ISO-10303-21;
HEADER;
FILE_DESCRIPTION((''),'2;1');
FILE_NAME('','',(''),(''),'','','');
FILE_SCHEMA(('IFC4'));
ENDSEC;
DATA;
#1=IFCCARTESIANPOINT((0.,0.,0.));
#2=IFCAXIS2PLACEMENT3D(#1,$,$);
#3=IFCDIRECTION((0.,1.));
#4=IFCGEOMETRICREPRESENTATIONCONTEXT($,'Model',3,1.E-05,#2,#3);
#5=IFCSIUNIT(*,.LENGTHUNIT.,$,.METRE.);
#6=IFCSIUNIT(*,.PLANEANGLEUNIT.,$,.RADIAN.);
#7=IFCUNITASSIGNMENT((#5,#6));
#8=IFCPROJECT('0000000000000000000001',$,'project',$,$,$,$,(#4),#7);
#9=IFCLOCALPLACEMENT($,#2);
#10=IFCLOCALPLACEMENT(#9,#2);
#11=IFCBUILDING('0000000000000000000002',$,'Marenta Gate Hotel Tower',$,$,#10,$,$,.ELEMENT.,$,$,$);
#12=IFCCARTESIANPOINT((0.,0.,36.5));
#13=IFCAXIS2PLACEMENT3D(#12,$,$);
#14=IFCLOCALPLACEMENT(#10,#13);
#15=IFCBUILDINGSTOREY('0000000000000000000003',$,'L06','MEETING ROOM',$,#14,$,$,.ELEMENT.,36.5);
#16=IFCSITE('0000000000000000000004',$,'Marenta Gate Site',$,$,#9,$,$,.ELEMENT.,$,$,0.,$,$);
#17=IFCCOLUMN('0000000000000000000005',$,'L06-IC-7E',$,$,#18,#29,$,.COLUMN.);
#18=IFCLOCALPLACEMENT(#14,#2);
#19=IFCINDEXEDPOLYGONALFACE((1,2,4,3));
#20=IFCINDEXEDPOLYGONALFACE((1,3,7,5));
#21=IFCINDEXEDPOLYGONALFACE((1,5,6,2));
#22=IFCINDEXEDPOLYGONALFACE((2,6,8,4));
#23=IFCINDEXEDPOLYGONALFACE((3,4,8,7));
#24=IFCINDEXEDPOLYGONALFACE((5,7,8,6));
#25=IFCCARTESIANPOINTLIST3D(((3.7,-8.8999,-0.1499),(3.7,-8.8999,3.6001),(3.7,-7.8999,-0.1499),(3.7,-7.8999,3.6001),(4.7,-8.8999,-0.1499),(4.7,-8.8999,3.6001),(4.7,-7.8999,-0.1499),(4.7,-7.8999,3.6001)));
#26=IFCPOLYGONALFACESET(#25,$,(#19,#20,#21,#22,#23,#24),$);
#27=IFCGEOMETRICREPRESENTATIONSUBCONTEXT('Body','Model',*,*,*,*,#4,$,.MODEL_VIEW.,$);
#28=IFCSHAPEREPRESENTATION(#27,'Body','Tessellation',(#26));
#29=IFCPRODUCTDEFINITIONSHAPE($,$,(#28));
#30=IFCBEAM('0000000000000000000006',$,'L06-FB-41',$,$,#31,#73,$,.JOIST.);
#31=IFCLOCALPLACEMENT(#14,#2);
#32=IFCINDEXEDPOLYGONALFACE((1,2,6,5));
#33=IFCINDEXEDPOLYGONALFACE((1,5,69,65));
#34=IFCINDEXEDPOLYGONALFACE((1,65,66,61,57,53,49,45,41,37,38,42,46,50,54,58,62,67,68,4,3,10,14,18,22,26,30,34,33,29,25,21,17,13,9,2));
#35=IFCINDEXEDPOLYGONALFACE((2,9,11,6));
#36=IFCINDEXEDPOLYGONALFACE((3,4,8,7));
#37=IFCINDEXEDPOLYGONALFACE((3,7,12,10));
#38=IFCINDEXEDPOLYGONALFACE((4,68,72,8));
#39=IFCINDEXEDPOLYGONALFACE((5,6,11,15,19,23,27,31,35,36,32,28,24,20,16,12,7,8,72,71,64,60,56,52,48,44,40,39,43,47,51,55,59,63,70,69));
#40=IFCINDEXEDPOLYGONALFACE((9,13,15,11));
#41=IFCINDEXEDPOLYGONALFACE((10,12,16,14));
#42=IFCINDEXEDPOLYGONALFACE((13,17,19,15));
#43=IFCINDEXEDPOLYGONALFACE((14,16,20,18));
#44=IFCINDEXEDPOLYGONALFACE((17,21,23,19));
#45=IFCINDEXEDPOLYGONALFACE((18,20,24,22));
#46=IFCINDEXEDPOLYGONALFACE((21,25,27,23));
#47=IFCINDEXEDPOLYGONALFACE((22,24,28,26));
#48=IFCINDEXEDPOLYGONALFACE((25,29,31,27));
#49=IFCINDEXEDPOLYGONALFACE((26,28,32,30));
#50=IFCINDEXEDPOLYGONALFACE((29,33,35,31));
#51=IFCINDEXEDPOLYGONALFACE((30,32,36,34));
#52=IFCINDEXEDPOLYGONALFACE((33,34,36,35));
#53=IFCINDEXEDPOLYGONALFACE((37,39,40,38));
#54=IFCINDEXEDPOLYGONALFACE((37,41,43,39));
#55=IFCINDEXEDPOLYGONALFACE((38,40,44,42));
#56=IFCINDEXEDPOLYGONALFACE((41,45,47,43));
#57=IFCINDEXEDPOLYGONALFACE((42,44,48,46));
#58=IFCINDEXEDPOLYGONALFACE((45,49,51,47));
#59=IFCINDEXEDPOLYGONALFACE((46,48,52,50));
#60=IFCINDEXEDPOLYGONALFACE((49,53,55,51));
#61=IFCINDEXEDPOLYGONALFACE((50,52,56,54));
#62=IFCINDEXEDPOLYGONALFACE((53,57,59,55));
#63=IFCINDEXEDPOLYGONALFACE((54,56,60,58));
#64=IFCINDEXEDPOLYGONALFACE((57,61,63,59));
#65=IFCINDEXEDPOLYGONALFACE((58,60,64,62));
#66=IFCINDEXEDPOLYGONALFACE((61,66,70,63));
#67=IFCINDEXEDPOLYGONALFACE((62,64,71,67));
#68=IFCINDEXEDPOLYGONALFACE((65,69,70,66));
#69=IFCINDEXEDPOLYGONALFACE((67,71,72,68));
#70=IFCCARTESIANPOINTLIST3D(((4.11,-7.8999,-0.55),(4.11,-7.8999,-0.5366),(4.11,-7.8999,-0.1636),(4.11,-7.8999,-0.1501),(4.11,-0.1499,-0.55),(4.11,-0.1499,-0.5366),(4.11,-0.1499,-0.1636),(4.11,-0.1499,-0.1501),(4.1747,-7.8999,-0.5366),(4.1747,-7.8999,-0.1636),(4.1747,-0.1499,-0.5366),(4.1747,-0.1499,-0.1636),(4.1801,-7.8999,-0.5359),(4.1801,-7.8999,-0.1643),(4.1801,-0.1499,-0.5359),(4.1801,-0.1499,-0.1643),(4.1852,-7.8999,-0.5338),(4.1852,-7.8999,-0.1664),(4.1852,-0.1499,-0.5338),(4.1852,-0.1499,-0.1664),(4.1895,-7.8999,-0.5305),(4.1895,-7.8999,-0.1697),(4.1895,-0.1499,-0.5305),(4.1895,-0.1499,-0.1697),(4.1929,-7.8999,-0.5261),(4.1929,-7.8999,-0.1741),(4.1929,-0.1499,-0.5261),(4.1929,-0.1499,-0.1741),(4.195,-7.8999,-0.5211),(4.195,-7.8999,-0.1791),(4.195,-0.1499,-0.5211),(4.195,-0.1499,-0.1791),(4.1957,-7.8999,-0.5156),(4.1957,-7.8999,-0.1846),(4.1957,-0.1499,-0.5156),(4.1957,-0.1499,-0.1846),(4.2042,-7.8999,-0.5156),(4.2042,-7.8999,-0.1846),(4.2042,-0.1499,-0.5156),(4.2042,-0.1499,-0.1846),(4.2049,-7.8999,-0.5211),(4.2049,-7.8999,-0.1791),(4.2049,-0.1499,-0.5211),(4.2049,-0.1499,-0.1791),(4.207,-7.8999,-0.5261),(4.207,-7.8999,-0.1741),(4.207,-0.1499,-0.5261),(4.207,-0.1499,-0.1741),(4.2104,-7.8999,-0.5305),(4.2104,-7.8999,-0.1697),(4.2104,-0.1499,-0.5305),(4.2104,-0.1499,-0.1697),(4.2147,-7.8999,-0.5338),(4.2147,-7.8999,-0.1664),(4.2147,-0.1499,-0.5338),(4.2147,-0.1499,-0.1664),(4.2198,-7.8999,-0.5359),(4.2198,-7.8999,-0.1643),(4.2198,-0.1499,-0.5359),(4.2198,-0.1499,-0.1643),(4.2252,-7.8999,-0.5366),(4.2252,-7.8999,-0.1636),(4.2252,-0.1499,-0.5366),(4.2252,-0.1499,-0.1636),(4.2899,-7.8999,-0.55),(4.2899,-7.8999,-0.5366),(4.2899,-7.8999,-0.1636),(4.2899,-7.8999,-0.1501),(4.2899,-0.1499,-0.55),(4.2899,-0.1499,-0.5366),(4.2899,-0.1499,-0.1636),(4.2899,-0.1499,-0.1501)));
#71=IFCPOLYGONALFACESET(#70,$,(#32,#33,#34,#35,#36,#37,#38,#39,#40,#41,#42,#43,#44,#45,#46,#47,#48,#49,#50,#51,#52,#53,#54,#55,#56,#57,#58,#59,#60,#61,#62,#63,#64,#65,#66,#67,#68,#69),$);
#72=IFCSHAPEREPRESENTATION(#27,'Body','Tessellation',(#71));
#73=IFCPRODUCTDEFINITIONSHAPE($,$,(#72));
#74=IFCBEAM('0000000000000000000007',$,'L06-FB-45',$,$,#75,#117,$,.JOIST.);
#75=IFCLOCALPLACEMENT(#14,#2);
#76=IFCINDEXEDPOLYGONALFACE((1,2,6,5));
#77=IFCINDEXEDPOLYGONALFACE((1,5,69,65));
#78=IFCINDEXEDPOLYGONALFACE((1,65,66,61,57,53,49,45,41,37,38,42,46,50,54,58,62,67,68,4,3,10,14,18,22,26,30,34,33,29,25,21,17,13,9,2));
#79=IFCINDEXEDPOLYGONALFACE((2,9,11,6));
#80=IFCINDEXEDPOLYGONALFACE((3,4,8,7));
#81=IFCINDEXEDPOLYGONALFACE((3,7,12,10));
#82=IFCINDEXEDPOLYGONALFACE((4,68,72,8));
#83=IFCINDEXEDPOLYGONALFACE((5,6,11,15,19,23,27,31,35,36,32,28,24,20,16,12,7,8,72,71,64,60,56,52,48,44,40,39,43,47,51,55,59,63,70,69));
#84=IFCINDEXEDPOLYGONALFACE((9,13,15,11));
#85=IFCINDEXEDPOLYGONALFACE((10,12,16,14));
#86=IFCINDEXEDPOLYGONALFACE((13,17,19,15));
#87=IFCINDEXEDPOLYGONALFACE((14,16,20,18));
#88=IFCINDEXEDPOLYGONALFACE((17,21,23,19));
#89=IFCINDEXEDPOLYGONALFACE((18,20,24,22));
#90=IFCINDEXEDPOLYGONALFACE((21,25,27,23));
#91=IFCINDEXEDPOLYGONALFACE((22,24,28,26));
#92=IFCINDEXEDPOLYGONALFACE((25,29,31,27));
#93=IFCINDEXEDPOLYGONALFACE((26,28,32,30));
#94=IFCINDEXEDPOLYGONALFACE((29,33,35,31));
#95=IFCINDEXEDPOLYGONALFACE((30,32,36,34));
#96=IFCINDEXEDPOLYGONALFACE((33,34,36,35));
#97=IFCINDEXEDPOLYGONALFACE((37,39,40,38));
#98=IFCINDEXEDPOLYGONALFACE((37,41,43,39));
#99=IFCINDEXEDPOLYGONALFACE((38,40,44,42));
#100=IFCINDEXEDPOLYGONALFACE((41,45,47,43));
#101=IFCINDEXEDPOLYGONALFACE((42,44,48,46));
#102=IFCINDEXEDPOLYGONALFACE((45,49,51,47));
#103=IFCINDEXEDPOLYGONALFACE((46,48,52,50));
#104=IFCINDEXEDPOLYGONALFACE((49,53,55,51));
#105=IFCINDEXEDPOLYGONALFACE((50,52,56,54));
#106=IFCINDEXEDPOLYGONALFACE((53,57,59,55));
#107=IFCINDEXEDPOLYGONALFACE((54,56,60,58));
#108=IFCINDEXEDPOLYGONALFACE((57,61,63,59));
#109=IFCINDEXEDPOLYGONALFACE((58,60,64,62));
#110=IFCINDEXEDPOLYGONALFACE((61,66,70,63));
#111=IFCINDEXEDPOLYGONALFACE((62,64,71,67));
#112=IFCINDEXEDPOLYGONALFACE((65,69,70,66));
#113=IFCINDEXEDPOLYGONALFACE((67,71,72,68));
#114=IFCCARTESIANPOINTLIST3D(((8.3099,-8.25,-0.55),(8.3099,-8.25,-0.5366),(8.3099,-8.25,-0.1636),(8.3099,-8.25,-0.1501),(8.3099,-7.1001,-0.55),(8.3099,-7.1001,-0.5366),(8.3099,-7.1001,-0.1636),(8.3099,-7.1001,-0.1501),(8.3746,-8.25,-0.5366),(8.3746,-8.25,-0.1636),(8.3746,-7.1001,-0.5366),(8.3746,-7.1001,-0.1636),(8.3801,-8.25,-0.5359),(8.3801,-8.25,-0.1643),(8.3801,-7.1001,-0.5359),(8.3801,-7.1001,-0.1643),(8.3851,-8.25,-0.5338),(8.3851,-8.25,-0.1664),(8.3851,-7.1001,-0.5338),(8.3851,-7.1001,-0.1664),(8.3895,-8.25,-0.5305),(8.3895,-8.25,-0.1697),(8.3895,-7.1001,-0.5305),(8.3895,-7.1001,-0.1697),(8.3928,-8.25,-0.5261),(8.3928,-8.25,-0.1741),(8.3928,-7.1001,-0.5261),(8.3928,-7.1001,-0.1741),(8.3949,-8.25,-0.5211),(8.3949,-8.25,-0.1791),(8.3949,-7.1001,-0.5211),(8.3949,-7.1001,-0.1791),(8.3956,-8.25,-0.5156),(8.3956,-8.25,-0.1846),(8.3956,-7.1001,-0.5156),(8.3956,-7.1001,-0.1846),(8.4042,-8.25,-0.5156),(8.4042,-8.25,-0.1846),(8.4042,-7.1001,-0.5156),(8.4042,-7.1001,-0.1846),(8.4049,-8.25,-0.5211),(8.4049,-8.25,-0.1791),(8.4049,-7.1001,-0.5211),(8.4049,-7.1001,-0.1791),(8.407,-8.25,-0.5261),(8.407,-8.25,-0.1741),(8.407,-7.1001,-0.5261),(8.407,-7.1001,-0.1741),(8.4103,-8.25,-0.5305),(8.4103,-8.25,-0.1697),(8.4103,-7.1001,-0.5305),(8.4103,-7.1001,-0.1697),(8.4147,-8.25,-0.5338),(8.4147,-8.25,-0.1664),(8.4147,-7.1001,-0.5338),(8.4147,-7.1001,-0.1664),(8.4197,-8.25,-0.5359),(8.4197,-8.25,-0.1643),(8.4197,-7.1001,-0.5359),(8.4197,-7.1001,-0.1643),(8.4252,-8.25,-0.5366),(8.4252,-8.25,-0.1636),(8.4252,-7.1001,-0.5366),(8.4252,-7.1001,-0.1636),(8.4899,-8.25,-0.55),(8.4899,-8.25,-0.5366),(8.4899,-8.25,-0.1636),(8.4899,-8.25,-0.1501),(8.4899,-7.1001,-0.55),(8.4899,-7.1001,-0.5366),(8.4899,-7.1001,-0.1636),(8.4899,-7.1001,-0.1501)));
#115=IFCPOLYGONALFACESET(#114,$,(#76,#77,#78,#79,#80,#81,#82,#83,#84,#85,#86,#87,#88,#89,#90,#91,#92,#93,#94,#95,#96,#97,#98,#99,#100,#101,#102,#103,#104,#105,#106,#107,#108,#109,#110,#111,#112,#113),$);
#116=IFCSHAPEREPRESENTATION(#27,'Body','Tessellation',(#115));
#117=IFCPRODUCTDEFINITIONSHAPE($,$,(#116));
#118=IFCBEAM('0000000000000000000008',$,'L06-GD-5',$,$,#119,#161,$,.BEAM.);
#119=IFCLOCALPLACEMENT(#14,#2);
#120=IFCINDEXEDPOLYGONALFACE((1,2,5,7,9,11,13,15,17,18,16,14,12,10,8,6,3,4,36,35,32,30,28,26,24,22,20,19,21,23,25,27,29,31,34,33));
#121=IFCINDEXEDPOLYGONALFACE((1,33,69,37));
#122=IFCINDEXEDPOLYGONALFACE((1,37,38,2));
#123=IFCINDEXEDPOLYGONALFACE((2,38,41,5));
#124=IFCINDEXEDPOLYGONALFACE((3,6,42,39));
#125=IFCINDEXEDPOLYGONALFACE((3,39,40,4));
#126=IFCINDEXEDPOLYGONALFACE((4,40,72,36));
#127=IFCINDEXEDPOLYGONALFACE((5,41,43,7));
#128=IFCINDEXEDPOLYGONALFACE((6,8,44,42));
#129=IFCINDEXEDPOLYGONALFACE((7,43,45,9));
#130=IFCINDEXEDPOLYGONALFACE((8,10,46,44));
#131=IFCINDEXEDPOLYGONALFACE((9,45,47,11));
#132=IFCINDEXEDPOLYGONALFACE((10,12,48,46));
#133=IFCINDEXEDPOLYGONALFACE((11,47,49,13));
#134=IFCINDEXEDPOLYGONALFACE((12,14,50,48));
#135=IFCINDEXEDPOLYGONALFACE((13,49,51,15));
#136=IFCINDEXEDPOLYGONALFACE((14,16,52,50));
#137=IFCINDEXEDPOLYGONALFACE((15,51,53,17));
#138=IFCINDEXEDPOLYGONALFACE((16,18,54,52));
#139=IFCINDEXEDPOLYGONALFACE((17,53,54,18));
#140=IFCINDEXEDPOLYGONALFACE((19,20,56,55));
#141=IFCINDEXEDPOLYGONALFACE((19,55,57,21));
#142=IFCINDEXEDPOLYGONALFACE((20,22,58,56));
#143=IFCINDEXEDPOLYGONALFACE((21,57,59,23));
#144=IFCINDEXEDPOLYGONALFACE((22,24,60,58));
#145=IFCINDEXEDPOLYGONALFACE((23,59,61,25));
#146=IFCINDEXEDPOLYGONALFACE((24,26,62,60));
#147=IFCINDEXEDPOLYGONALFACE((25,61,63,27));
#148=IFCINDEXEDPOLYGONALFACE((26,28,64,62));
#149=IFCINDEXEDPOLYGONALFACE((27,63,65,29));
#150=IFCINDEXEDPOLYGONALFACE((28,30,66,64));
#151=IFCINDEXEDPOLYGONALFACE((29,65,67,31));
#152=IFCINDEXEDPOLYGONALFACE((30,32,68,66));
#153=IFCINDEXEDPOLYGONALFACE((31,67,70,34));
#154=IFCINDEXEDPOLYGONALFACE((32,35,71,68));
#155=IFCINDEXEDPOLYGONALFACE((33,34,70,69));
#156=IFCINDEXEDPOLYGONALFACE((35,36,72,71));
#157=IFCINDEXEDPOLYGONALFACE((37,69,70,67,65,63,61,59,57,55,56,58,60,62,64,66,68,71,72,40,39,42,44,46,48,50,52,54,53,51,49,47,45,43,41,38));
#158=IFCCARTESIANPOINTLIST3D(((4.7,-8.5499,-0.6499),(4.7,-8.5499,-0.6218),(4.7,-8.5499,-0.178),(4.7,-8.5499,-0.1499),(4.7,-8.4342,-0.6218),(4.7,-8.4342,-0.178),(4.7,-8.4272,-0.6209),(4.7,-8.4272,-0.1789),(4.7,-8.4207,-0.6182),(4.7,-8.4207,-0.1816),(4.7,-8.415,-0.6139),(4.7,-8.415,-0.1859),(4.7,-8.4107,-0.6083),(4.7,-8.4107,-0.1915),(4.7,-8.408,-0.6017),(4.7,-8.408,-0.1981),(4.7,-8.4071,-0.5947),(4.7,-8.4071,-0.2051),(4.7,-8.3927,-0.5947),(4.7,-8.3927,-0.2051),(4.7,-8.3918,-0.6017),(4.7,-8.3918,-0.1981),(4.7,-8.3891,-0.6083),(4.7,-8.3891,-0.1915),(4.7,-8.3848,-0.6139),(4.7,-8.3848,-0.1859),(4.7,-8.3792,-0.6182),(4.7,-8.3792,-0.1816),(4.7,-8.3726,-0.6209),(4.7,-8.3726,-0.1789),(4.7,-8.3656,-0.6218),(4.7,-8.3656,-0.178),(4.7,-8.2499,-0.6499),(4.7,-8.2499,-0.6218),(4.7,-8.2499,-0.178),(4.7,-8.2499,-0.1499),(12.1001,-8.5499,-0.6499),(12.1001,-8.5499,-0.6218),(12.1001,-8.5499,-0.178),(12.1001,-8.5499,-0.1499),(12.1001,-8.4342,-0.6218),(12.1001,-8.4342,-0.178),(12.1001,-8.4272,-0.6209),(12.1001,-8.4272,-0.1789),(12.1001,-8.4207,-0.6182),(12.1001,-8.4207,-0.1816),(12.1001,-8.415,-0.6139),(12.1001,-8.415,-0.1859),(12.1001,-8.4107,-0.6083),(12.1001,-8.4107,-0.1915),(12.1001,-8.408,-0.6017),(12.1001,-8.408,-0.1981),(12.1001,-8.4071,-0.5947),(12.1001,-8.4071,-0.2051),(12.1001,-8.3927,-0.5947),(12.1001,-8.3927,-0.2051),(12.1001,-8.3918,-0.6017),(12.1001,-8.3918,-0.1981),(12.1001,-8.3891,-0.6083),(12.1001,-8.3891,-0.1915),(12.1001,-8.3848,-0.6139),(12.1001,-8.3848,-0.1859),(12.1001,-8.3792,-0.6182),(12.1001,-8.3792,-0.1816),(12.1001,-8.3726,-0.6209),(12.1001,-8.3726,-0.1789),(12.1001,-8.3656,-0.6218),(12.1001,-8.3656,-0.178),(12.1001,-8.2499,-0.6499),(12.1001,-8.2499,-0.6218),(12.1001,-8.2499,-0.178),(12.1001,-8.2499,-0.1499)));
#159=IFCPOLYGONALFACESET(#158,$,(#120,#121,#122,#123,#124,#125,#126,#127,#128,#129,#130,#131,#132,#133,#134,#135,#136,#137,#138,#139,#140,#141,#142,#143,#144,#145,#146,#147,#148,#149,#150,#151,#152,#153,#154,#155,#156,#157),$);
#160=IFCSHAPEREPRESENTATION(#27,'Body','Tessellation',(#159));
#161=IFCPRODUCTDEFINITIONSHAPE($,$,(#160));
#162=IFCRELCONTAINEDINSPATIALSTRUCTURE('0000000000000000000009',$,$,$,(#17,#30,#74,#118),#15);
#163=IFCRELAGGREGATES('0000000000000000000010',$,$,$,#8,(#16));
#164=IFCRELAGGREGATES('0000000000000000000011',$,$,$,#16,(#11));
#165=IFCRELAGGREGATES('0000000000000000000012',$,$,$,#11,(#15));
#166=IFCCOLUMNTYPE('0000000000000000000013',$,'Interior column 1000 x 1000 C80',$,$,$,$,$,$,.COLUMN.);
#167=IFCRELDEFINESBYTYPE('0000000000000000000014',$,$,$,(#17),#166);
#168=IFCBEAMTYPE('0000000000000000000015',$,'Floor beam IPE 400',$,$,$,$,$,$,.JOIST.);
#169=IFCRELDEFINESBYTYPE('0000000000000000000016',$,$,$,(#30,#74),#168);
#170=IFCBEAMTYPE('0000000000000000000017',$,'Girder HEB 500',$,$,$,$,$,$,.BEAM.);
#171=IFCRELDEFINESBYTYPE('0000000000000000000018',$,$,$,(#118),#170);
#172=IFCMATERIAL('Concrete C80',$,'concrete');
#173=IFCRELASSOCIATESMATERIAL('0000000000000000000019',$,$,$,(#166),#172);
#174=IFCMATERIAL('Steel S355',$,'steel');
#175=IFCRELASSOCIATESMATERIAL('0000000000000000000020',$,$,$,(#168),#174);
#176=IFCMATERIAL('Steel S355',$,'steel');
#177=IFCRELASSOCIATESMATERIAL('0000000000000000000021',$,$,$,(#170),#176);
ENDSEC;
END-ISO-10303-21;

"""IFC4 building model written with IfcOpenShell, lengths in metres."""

from ifc_helpers import new_model, si_unit, direction, frame, origin, origin_2d, place, context, subcontext, project, spatial, rectangle, i_section, extrude, material, material_profile, profile_set, type_object, element, save


model = new_model("IFC4")

# Units and contexts
model_context = context("Model", 3, precision=1e-05, world=origin(), true_north=direction((0.0, 1.0)))
body_context = subcontext(model_context, "Body", "Model", "MODEL_VIEW")
ifc_project = project(units=[si_unit("LENGTHUNIT", "METRE"), si_unit("PLANEANGLEUNIT", "RADIAN")], contexts=[model_context])

# Site, building, storey
site_placement = place(None, origin())
site = spatial("IfcSite", under=ifc_project, at=site_placement, Name="Marenta Gate Site", CompositionType="ELEMENT", RefElevation=0.0)
building_placement = place(site_placement, origin())
building = spatial("IfcBuilding", under=site, at=building_placement, Name="Marenta Gate Hotel Tower", CompositionType="ELEMENT")
storey_placement = place(building_placement, frame((0.0, 0.0, 36.5)))
storey = spatial("IfcBuildingStorey", under=building, at=storey_placement, Name="L06", Description="MEETING ROOM", CompositionType="ELEMENT", Elevation=36.5)

# Column
ifc_material_1 = material(Name="Concrete C80", Category="concrete")
ifc_material_profile_1 = material_profile(ifc_material_1, rectangle(XDim=1.0, YDim=1.0, at=origin_2d()), Name="1000 x 1000")
ifc_profile_set_1 = profile_set([ifc_material_profile_1], Name="Concrete C80")
column_type = type_object("IfcColumnType", Name="Interior column 1000 x 1000 C80", PredefinedType="COLUMN", material=ifc_profile_set_1)
column_placement = place(storey_placement, frame((4.2, -8.3999, -0.1499), z_axis=(0.0, 0.0, 1.0), x_axis=(1.0, 0.0, 0.0)))
element("IfcColumn", 1, at=column_placement, inside=storey, type_object=column_type, Name="L06-IC-7E", PredefinedType="COLUMN", context=body_context, shape_type="SweptSolid", body=[
    extrude(rectangle(XDim=1.0, YDim=1.0, at=origin_2d()), origin(), (0.0, 0.0, 1.0), 3.75),
])

# Beams
ifc_material_2 = material(Name="Steel S355", Category="steel")
ifc_material_profile_2 = material_profile(ifc_material_2, i_section(OverallWidth=0.1799, OverallDepth=0.3999, WebThickness=0.0085, FlangeThickness=0.0134, FilletRadius=0.021, at=origin_2d()), Name="IPE 400")
ifc_profile_set_2 = profile_set([ifc_material_profile_2], Name="Steel S355")
beam_type_1 = type_object("IfcBeamType", Name="Floor beam IPE 400", PredefinedType="JOIST", material=ifc_profile_set_2)
beam_1_placement = place(storey_placement, frame((4.2, -7.8999, -0.3501), z_axis=(0.0, 1.0, 0.0), x_axis=(-1.0, 0.0, 0.0)))
element("IfcBeam", 2, at=beam_1_placement, inside=storey, type_object=beam_type_1, Name="L06-FB-41", PredefinedType="JOIST", context=body_context, shape_type="SweptSolid", body=[
    extrude(i_section(OverallWidth=0.1799, OverallDepth=0.3999, WebThickness=0.0085, FlangeThickness=0.0134, FilletRadius=0.021, at=origin_2d()), origin(), (0.0, 0.0, 1.0), 7.75),
])
beam_2_placement = place(storey_placement, frame((8.3999, -8.25, -0.3501), z_axis=(0.0, 1.0, 0.0), x_axis=(-1.0, 0.0, 0.0)))
element("IfcBeam", 3, at=beam_2_placement, inside=storey, type_object=beam_type_1, Name="L06-FB-45", PredefinedType="JOIST", context=body_context, shape_type="SweptSolid", body=[
    extrude(i_section(OverallWidth=0.1799, OverallDepth=0.3999, WebThickness=0.0085, FlangeThickness=0.0134, FilletRadius=0.021, at=origin_2d()), origin(), (0.0, 0.0, 1.0), 1.1499),
])
ifc_material_3 = material(Name="Steel S355", Category="steel")
ifc_material_profile_3 = material_profile(ifc_material_3, i_section(OverallWidth=0.3, OverallDepth=0.5, WebThickness=0.0144, FlangeThickness=0.0281, FilletRadius=0.0271, at=origin_2d()), Name="HEB 500")
ifc_profile_set_3 = profile_set([ifc_material_profile_3], Name="Steel S355")
beam_type_2 = type_object("IfcBeamType", Name="Girder HEB 500", PredefinedType="BEAM", material=ifc_profile_set_3)
beam_3_placement = place(storey_placement, frame((4.7, -8.3999, -0.3999), z_axis=(1.0, 0.0, 0.0), x_axis=(0.0, 1.0, 0.0)))
element("IfcBeam", 4, at=beam_3_placement, inside=storey, type_object=beam_type_2, Name="L06-GD-5", PredefinedType="BEAM", context=body_context, shape_type="SweptSolid", body=[
    extrude(i_section(OverallWidth=0.3, OverallDepth=0.5, WebThickness=0.0144, FlangeThickness=0.0281, FilletRadius=0.0271, at=origin_2d()), origin(), (0.0, 0.0, 1.0), 7.4001),
])

save(model, "model.ifc")
